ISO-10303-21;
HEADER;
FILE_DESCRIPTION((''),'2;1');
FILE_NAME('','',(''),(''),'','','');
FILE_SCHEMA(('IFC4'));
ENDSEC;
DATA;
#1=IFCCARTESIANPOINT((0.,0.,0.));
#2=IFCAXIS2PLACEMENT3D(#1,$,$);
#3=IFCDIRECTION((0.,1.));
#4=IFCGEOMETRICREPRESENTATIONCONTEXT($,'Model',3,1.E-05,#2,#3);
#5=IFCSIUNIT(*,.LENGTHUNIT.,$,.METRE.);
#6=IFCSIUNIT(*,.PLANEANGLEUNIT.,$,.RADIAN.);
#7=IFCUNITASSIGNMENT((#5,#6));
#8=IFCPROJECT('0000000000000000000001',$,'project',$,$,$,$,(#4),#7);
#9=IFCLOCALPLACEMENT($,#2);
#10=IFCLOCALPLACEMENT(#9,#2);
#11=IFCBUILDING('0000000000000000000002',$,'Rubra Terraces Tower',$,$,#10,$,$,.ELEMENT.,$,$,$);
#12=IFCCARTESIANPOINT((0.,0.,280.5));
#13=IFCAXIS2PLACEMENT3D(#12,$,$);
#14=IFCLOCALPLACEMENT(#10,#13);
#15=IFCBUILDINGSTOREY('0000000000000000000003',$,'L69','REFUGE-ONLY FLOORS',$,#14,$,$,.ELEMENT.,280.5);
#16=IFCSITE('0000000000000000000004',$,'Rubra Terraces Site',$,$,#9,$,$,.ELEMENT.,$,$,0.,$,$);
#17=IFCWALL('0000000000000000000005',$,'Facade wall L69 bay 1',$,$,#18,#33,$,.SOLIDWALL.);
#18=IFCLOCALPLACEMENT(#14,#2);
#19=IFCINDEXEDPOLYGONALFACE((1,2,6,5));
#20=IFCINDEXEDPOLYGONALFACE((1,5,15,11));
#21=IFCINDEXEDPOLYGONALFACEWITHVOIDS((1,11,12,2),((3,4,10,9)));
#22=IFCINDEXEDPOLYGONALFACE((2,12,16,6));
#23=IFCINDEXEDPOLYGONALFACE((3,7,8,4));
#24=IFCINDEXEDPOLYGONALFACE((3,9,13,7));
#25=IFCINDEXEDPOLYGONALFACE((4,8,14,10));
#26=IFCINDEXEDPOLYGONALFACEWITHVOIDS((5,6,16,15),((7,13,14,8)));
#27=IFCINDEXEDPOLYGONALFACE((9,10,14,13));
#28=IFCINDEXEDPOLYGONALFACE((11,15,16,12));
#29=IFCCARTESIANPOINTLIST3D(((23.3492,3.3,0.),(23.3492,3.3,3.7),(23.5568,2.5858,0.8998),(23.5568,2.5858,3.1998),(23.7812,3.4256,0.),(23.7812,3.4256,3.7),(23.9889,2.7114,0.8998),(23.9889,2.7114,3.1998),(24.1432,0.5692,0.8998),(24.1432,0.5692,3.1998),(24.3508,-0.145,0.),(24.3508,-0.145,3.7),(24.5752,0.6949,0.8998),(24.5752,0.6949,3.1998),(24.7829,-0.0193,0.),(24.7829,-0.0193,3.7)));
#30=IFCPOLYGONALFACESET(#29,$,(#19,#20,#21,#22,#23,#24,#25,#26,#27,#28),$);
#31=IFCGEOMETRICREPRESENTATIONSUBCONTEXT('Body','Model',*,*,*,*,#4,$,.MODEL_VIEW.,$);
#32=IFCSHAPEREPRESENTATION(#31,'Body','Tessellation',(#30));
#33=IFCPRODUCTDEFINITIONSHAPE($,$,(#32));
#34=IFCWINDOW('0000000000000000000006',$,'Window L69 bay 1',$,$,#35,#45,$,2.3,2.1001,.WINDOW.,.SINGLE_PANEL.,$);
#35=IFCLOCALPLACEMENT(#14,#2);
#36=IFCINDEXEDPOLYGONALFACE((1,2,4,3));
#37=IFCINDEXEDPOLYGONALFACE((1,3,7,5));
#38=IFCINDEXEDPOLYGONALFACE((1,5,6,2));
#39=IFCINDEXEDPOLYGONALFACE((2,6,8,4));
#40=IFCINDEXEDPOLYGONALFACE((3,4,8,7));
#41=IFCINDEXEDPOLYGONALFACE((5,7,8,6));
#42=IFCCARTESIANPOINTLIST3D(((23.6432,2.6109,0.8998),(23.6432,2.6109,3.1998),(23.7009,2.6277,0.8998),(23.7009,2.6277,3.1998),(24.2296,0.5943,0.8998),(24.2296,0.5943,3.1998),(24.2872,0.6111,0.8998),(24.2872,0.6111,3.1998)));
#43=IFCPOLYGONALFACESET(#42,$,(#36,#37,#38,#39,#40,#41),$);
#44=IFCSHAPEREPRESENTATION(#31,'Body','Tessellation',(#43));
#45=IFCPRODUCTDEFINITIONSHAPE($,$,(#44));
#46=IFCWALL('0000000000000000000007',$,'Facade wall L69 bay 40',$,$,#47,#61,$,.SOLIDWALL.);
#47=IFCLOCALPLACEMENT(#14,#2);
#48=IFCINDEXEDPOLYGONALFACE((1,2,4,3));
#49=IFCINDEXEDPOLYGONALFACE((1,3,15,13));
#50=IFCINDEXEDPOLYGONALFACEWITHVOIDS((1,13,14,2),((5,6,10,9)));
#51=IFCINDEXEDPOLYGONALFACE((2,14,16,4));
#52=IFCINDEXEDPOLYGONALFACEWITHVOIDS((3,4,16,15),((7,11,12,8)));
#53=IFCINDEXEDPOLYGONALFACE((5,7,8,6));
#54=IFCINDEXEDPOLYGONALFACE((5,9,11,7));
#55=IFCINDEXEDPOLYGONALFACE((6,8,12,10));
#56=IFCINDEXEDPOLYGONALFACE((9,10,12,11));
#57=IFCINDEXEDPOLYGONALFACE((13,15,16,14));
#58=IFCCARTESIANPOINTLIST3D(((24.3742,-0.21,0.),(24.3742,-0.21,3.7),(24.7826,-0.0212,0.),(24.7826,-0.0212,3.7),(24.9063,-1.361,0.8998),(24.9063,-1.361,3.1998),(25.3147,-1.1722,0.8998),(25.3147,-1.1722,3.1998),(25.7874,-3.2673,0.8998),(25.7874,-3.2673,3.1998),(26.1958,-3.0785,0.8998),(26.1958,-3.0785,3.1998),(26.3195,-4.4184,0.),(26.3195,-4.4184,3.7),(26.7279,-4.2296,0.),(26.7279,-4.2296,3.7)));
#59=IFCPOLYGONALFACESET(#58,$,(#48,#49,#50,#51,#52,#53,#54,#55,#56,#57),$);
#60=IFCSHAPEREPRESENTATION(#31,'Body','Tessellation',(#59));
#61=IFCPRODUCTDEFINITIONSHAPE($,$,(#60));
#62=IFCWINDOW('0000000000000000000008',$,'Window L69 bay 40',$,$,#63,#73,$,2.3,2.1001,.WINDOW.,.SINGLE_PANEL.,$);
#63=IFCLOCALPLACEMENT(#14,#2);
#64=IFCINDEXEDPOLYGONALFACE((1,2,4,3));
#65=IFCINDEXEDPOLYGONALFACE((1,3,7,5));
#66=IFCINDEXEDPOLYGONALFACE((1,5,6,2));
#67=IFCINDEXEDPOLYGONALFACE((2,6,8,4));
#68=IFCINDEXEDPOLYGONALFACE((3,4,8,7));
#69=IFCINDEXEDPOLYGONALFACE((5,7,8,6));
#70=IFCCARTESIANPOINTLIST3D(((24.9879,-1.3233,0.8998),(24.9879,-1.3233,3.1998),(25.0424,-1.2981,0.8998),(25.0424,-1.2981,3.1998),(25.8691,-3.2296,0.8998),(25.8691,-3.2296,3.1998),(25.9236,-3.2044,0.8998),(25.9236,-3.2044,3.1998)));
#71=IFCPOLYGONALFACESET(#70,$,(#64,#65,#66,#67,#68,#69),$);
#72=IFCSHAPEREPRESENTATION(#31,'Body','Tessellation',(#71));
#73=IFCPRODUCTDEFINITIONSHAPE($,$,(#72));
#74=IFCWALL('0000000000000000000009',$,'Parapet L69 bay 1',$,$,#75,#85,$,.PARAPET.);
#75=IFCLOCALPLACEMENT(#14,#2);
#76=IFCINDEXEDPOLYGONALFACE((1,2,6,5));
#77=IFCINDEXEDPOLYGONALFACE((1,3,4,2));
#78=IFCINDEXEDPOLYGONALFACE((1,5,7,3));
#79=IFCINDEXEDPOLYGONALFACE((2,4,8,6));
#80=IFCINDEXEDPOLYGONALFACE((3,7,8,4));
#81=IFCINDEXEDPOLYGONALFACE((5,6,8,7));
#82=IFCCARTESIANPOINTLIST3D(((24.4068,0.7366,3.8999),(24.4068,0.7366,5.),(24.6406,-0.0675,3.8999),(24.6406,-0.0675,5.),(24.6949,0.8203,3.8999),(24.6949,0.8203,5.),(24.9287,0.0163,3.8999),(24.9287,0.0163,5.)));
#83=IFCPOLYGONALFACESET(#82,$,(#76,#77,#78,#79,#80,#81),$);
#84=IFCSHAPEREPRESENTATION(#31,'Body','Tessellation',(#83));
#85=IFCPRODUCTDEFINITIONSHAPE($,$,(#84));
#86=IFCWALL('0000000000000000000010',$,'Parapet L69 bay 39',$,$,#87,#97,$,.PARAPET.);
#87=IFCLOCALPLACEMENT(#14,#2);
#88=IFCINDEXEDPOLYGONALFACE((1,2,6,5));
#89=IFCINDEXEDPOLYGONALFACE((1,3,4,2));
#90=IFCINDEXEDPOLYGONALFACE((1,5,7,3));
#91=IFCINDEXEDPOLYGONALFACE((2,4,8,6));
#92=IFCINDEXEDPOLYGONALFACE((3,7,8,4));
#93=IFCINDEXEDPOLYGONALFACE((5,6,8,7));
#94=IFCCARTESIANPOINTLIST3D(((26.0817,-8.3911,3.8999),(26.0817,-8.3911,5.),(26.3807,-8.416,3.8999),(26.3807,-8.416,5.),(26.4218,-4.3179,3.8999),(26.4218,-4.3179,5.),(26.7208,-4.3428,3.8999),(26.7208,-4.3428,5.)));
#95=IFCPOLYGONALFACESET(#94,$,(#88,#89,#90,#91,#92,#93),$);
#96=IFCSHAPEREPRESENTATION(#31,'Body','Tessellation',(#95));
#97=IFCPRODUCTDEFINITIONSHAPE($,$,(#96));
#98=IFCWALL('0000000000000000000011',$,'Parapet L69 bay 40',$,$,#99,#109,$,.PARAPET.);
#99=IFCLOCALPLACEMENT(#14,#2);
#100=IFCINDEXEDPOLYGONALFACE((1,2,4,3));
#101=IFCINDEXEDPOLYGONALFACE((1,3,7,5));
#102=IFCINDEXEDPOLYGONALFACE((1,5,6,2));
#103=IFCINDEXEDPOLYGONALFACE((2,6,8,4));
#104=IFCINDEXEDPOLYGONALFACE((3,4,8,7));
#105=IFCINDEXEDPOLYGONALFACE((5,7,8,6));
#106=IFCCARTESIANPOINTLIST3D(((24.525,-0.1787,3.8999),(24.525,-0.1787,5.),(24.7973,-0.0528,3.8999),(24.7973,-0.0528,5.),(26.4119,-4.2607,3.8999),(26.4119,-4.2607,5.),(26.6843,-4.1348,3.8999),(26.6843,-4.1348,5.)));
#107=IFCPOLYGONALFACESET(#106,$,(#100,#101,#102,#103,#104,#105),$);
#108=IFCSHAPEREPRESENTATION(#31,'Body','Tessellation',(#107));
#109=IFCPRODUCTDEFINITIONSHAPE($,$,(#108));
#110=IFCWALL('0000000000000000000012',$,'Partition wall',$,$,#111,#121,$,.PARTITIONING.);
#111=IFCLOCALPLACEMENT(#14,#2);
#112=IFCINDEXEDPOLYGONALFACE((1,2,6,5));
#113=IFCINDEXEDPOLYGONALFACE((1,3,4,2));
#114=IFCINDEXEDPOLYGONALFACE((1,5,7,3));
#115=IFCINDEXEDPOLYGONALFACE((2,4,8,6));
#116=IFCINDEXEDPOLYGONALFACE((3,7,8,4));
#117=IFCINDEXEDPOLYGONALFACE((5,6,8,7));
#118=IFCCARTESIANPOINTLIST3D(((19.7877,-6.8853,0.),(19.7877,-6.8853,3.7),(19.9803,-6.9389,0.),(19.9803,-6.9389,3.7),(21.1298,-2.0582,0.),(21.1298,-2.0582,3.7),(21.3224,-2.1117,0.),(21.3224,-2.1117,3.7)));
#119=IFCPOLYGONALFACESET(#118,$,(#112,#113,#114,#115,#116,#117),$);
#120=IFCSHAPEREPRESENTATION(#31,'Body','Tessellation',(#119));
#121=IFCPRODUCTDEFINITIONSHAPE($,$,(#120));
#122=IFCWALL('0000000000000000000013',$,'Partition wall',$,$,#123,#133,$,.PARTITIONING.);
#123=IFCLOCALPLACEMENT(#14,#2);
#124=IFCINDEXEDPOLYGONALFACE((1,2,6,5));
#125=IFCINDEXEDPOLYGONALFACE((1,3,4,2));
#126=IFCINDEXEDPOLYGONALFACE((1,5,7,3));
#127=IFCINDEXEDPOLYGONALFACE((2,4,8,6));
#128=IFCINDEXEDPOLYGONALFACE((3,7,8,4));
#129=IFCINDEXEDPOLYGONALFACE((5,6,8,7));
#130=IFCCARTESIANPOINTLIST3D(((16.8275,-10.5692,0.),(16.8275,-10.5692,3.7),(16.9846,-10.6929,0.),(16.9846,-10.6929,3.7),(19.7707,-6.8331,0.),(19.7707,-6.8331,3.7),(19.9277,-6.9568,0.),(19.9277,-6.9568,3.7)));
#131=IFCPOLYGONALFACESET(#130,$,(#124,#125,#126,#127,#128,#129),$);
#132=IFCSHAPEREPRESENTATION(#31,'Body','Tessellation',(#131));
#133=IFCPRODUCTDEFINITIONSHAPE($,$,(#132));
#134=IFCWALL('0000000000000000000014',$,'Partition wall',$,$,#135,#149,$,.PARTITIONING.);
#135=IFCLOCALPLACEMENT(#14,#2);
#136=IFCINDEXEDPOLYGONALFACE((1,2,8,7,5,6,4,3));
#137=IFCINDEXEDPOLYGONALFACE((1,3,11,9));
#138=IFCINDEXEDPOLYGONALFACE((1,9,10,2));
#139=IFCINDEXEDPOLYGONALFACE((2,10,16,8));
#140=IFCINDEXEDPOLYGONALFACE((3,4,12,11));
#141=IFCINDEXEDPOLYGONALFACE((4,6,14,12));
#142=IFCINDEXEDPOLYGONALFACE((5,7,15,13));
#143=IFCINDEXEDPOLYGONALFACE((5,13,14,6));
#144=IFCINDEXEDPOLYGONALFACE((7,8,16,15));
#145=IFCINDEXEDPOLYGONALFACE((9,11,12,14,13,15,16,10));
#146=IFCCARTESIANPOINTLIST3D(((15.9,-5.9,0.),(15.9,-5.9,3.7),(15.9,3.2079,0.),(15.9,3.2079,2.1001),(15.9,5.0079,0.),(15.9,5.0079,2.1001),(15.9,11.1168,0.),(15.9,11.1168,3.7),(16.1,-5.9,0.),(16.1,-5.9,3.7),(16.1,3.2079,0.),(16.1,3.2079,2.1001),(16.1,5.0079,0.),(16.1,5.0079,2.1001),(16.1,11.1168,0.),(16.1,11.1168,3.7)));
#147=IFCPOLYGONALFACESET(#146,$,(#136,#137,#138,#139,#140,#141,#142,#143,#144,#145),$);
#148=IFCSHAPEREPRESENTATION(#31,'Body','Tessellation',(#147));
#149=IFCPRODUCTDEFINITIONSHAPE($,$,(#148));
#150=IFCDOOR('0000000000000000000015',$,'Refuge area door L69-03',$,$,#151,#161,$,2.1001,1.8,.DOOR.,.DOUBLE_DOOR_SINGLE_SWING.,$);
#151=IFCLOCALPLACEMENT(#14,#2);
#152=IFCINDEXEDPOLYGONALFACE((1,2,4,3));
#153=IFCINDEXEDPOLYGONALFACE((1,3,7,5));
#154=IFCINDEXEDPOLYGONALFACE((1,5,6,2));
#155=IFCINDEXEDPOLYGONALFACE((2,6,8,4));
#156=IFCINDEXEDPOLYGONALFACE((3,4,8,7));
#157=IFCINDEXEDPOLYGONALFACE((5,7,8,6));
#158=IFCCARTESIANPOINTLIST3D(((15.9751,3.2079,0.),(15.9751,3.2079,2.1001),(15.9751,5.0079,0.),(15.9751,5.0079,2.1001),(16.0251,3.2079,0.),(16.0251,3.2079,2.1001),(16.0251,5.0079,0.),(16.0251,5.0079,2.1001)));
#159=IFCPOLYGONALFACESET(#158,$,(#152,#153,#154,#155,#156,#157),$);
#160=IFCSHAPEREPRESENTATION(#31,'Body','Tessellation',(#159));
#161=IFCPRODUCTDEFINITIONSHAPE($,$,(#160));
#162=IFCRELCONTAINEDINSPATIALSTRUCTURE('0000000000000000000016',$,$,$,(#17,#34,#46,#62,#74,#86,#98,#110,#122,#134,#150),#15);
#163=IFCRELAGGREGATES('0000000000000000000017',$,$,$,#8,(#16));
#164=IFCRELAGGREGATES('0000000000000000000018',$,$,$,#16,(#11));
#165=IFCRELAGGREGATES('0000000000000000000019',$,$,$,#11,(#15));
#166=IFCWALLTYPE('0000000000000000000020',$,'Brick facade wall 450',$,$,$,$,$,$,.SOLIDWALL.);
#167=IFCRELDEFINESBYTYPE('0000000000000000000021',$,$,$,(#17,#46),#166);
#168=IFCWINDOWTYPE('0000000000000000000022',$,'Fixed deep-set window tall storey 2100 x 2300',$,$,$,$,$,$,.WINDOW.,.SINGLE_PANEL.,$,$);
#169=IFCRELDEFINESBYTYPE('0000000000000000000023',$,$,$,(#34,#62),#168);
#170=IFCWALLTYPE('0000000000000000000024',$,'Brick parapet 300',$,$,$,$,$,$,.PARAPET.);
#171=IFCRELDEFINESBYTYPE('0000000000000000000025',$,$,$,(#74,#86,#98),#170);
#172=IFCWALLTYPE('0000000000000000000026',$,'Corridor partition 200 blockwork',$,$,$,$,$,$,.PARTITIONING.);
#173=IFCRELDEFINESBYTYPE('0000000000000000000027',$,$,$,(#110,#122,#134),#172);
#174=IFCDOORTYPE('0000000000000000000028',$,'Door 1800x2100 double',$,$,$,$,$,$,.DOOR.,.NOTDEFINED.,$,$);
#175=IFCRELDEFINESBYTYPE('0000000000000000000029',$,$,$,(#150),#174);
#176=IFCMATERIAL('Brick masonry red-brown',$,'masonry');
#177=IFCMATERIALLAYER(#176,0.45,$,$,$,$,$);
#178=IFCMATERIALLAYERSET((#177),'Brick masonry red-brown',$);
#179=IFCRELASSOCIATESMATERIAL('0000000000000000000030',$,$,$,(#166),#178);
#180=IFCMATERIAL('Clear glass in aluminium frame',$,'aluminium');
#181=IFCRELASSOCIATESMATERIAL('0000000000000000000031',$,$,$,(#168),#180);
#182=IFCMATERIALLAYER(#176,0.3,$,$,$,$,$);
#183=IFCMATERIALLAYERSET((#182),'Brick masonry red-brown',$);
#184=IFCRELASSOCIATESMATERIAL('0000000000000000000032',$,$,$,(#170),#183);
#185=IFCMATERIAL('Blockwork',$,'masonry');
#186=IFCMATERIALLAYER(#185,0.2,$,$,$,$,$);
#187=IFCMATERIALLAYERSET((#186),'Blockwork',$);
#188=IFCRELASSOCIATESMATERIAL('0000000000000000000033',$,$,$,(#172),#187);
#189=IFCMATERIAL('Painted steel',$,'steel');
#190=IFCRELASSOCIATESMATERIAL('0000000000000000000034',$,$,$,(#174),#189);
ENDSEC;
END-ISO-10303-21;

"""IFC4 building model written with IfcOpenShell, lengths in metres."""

from ifc_helpers import new_model, si_unit, direction, frame, frame_2d, origin, place, context, subcontext, project, spatial, rectangle, extrude, material, layer, layer_set, type_object, element, fill, save


model = new_model("IFC4")

# Units and contexts
model_context = context("Model", 3, precision=1e-05, world=origin(), true_north=direction((0.0, 1.0)))
body_context = subcontext(model_context, "Body", "Model", "MODEL_VIEW")
ifc_project = project(units=[si_unit("LENGTHUNIT", "METRE"), si_unit("PLANEANGLEUNIT", "RADIAN")], contexts=[model_context])

# Site, building, storey
site_placement = place(None, origin())
site = spatial("IfcSite", under=ifc_project, at=site_placement, Name="Rubra Terraces Site", CompositionType="ELEMENT", RefElevation=0.0)
building_placement = place(site_placement, origin())
building = spatial("IfcBuilding", under=site, at=building_placement, Name="Rubra Terraces Tower", CompositionType="ELEMENT")
storey_placement = place(building_placement, frame((0.0, 0.0, 280.5)))
storey = spatial("IfcBuildingStorey", under=building, at=storey_placement, Name="L69", Description="REFUGE-ONLY FLOORS", CompositionType="ELEMENT", Elevation=280.5)

# Walls, openings, windows
ifc_material_1 = material(Name="Brick masonry red-brown", Category="masonry")
ifc_layer_1 = layer(ifc_material_1, 0.45)
ifc_layer_set_1 = layer_set([ifc_layer_1], Name="Brick masonry red-brown")
wall_type_1 = type_object("IfcWallType", Name="Brick facade wall 450", PredefinedType="SOLIDWALL", material=ifc_layer_set_1)
wall_1_placement = place(storey_placement, frame((24.5669, -0.0823, 0.0), z_axis=(0.0, 0.0, 1.0), x_axis=(-0.279203, 0.960232, 0.0)))
wall_1 = element("IfcWall", 1, at=wall_1_placement, inside=storey, type_object=wall_type_1, Name="Facade wall L69 bay 1", PredefinedType="SOLIDWALL", context=body_context, shape_type="SweptSolid", body=[
    extrude(rectangle(XDim=3.5876, YDim=0.45, at=frame_2d((1.7939, 0.0))), origin(), (0.0, 0.0, 1.0), 3.7),
])
opening_1_placement = place(wall_1_placement, frame((0.7439, 0.0, 0.8999)))
opening_1 = element("IfcOpeningElement", 2, at=opening_1_placement, cuts=wall_1, PredefinedType="OPENING", context=body_context, shape_type="SweptSolid", body=[
    extrude(rectangle(XDim=2.1001, YDim=2.3, at=frame_2d((1.05, 1.1499))), frame((0.0, 0.2349, 0.0), z_axis=(0.0, -1.0, 0.0), x_axis=(1.0, 0.0, 0.0)), (0.0, 0.0, 1.0), 0.47),
])
ifc_material_2 = material(Name="Clear glass in aluminium frame", Category="aluminium")
window_type = type_object("IfcWindowType", Name="Fixed deep-set window tall storey 2100 x 2300", PartitioningType="SINGLE_PANEL", PredefinedType="WINDOW", material=ifc_material_2)
window_1_placement = place(opening_1_placement, origin())
window_1 = element("IfcWindow", 3, at=window_1_placement, inside=storey, type_object=window_type, Name="Window L69 bay 1", OverallHeight=2.3, OverallWidth=2.1001, PartitioningType="SINGLE_PANEL", PredefinedType="WINDOW", context=body_context, shape_type="SweptSolid", body=[
    extrude(rectangle(XDim=2.1001, YDim=2.3, at=frame_2d((1.05, 1.1499))), frame((0.0, 0.135, 0.0), z_axis=(0.0, -1.0, 0.0), x_axis=(1.0, 0.0, 0.0)), (0.0, 0.0, 1.0), 0.0601),
])
fill(opening_1, window_1)
wall_2_placement = place(storey_placement, frame((26.5237, -4.324, 0.0), z_axis=(0.0, 0.0, 1.0), x_axis=(-0.419579, 0.907719, 0.0)))
wall_2 = element("IfcWall", 4, at=wall_2_placement, inside=storey, type_object=wall_type_1, Name="Facade wall L69 bay 40", PredefinedType="SOLIDWALL", context=body_context, shape_type="SweptSolid", body=[
    extrude(rectangle(XDim=4.6362, YDim=0.45, at=frame_2d((2.3181, 0.0))), origin(), (0.0, 0.0, 1.0), 3.7),
])
opening_2_placement = place(wall_2_placement, frame((1.2681, 0.0, 0.8999)))
opening_2 = element("IfcOpeningElement", 5, at=opening_2_placement, cuts=wall_2, PredefinedType="OPENING", context=body_context, shape_type="SweptSolid", body=[
    extrude(rectangle(XDim=2.1001, YDim=2.3, at=frame_2d((1.05, 1.1499))), frame((0.0, 0.2349, 0.0), z_axis=(0.0, -1.0, 0.0), x_axis=(1.0, 0.0, 0.0)), (0.0, 0.0, 1.0), 0.47),
])
window_2_placement = place(opening_2_placement, origin())
window_2 = element("IfcWindow", 6, at=window_2_placement, inside=storey, type_object=window_type, Name="Window L69 bay 40", OverallHeight=2.3, OverallWidth=2.1001, PartitioningType="SINGLE_PANEL", PredefinedType="WINDOW", context=body_context, shape_type="SweptSolid", body=[
    extrude(rectangle(XDim=2.1001, YDim=2.3, at=frame_2d((1.05, 1.1499))), frame((0.0, 0.135, 0.0), z_axis=(0.0, -1.0, 0.0), x_axis=(1.0, 0.0, 0.0)), (0.0, 0.0, 1.0), 0.0601),
])
fill(opening_2, window_2)

# Walls
ifc_layer_2 = layer(ifc_material_1, 0.3)
ifc_layer_set_2 = layer_set([ifc_layer_2], Name="Brick masonry red-brown")
wall_type_2 = type_object("IfcWallType", Name="Brick parapet 300", PredefinedType="PARAPET", material=ifc_layer_set_2)
wall_3_placement = place(storey_placement, frame((24.7847, -0.0256, 3.8999), z_axis=(0.0, 0.0, 1.0), x_axis=(-0.279261, 0.960215, 0.0)))
element("IfcWall", 7, at=wall_3_placement, inside=storey, type_object=wall_type_2, Name="Parapet L69 bay 1", PredefinedType="PARAPET", context=body_context, shape_type="SweptSolid", body=[
    extrude(rectangle(XDim=0.8374, YDim=0.3, at=frame_2d((0.4187, 0.0))), origin(), (0.0, 0.0, 1.0), 1.1001),
])
wall_4_placement = place(storey_placement, frame((26.2312, -8.4036, 3.8999), z_axis=(0.0, 0.0, 1.0), x_axis=(0.083204, 0.996533, 0.0)))
element("IfcWall", 8, at=wall_4_placement, inside=storey, type_object=wall_type_2, Name="Parapet L69 bay 39", PredefinedType="PARAPET", context=body_context, shape_type="SweptSolid", body=[
    extrude(rectangle(XDim=4.0874, YDim=0.3, at=frame_2d((2.0437, 0.0))), origin(), (0.0, 0.0, 1.0), 1.1001),
])
wall_5_placement = place(storey_placement, frame((26.5481, -4.1978, 3.8999), z_axis=(0.0, 0.0, 1.0), x_axis=(-0.419599, 0.90771, 0.0)))
element("IfcWall", 9, at=wall_5_placement, inside=storey, type_object=wall_type_2, Name="Parapet L69 bay 40", PredefinedType="PARAPET", context=body_context, shape_type="SweptSolid", body=[
    extrude(rectangle(XDim=4.4971, YDim=0.3, at=frame_2d((2.2485, 0.0))), origin(), (0.0, 0.0, 1.0), 1.1001),
])
ifc_material_3 = material(Name="Blockwork", Category="masonry")
ifc_layer_3 = layer(ifc_material_3, 0.2)
ifc_layer_set_3 = layer_set([ifc_layer_3], Name="Blockwork")
wall_type_3 = type_object("IfcWallType", Name="Corridor partition 200 blockwork", PredefinedType="PARTITIONING", material=ifc_layer_set_3)
wall_6_placement = place(storey_placement, frame((21.2261, -2.085, 0.0), z_axis=(0.0, 0.0, 1.0), x_axis=(-0.26786, -0.963458, 0.0)))
element("IfcWall", 10, at=wall_6_placement, inside=storey, type_object=wall_type_3, Name="Partition wall", PredefinedType="PARTITIONING", context=body_context, shape_type="SweptSolid", body=[
    extrude(rectangle(XDim=5.0103, YDim=0.2, at=frame_2d((2.5051, 0.0))), origin(), (0.0, 0.0, 1.0), 3.7),
])
wall_7_placement = place(storey_placement, frame((19.8491, -6.895, 0.0), z_axis=(0.0, 0.0, 1.0), x_axis=(-0.618812, -0.785539, 0.0)))
element("IfcWall", 11, at=wall_7_placement, inside=storey, type_object=wall_type_3, Name="Partition wall", PredefinedType="PARTITIONING", context=body_context, shape_type="SweptSolid", body=[
    extrude(rectangle(XDim=4.7561, YDim=0.2, at=frame_2d((2.3779, 0.0))), origin(), (0.0, 0.0, 1.0), 3.7),
])

# Wall, opening, door
wall_8_placement = place(storey_placement, frame((16.0, -5.8999, 0.0), z_axis=(0.0, 0.0, 1.0), x_axis=(0.0, 1.0, 0.0)))
wall_8 = element("IfcWall", 12, at=wall_8_placement, inside=storey, type_object=wall_type_3, Name="Partition wall", PredefinedType="PARTITIONING", context=body_context, shape_type="SweptSolid", body=[
    extrude(rectangle(XDim=17.0168, YDim=0.2, at=frame_2d((8.5083, 0.0))), origin(), (0.0, 0.0, 1.0), 3.7),
])
opening_3_placement = place(wall_8_placement, frame((9.1079, 0.0, 0.0)))
opening_3 = element("IfcOpeningElement", 13, at=opening_3_placement, cuts=wall_8, PredefinedType="OPENING", context=body_context, shape_type="SweptSolid", body=[
    extrude(rectangle(XDim=1.8, YDim=2.1001, at=frame_2d((0.8999, 1.05))), frame((0.0, 0.1099, 0.0), z_axis=(0.0, -1.0, 0.0), x_axis=(1.0, 0.0, 0.0)), (0.0, 0.0, 1.0), 0.22),
])
ifc_material_4 = material(Name="Painted steel", Category="steel")
door_type = type_object("IfcDoorType", Name="Door 1800x2100 double", OperationType="NOTDEFINED", PredefinedType="DOOR", material=ifc_material_4)
door_placement = place(opening_3_placement, origin())
door = element("IfcDoor", 14, at=door_placement, inside=storey, type_object=door_type, Name="Refuge area door L69-03", OperationType="DOUBLE_DOOR_SINGLE_SWING", OverallHeight=2.1001, OverallWidth=1.8, PredefinedType="DOOR", context=body_context, shape_type="SweptSolid", body=[
    extrude(rectangle(XDim=1.8, YDim=2.1001, at=frame_2d((0.8999, 1.05))), frame((0.0, 0.0249, 0.0), z_axis=(0.0, -1.0, 0.0), x_axis=(1.0, 0.0, 0.0)), (0.0, 0.0, 1.0), 0.05),
])
fill(opening_3, door)

save(model, "model.ifc")
